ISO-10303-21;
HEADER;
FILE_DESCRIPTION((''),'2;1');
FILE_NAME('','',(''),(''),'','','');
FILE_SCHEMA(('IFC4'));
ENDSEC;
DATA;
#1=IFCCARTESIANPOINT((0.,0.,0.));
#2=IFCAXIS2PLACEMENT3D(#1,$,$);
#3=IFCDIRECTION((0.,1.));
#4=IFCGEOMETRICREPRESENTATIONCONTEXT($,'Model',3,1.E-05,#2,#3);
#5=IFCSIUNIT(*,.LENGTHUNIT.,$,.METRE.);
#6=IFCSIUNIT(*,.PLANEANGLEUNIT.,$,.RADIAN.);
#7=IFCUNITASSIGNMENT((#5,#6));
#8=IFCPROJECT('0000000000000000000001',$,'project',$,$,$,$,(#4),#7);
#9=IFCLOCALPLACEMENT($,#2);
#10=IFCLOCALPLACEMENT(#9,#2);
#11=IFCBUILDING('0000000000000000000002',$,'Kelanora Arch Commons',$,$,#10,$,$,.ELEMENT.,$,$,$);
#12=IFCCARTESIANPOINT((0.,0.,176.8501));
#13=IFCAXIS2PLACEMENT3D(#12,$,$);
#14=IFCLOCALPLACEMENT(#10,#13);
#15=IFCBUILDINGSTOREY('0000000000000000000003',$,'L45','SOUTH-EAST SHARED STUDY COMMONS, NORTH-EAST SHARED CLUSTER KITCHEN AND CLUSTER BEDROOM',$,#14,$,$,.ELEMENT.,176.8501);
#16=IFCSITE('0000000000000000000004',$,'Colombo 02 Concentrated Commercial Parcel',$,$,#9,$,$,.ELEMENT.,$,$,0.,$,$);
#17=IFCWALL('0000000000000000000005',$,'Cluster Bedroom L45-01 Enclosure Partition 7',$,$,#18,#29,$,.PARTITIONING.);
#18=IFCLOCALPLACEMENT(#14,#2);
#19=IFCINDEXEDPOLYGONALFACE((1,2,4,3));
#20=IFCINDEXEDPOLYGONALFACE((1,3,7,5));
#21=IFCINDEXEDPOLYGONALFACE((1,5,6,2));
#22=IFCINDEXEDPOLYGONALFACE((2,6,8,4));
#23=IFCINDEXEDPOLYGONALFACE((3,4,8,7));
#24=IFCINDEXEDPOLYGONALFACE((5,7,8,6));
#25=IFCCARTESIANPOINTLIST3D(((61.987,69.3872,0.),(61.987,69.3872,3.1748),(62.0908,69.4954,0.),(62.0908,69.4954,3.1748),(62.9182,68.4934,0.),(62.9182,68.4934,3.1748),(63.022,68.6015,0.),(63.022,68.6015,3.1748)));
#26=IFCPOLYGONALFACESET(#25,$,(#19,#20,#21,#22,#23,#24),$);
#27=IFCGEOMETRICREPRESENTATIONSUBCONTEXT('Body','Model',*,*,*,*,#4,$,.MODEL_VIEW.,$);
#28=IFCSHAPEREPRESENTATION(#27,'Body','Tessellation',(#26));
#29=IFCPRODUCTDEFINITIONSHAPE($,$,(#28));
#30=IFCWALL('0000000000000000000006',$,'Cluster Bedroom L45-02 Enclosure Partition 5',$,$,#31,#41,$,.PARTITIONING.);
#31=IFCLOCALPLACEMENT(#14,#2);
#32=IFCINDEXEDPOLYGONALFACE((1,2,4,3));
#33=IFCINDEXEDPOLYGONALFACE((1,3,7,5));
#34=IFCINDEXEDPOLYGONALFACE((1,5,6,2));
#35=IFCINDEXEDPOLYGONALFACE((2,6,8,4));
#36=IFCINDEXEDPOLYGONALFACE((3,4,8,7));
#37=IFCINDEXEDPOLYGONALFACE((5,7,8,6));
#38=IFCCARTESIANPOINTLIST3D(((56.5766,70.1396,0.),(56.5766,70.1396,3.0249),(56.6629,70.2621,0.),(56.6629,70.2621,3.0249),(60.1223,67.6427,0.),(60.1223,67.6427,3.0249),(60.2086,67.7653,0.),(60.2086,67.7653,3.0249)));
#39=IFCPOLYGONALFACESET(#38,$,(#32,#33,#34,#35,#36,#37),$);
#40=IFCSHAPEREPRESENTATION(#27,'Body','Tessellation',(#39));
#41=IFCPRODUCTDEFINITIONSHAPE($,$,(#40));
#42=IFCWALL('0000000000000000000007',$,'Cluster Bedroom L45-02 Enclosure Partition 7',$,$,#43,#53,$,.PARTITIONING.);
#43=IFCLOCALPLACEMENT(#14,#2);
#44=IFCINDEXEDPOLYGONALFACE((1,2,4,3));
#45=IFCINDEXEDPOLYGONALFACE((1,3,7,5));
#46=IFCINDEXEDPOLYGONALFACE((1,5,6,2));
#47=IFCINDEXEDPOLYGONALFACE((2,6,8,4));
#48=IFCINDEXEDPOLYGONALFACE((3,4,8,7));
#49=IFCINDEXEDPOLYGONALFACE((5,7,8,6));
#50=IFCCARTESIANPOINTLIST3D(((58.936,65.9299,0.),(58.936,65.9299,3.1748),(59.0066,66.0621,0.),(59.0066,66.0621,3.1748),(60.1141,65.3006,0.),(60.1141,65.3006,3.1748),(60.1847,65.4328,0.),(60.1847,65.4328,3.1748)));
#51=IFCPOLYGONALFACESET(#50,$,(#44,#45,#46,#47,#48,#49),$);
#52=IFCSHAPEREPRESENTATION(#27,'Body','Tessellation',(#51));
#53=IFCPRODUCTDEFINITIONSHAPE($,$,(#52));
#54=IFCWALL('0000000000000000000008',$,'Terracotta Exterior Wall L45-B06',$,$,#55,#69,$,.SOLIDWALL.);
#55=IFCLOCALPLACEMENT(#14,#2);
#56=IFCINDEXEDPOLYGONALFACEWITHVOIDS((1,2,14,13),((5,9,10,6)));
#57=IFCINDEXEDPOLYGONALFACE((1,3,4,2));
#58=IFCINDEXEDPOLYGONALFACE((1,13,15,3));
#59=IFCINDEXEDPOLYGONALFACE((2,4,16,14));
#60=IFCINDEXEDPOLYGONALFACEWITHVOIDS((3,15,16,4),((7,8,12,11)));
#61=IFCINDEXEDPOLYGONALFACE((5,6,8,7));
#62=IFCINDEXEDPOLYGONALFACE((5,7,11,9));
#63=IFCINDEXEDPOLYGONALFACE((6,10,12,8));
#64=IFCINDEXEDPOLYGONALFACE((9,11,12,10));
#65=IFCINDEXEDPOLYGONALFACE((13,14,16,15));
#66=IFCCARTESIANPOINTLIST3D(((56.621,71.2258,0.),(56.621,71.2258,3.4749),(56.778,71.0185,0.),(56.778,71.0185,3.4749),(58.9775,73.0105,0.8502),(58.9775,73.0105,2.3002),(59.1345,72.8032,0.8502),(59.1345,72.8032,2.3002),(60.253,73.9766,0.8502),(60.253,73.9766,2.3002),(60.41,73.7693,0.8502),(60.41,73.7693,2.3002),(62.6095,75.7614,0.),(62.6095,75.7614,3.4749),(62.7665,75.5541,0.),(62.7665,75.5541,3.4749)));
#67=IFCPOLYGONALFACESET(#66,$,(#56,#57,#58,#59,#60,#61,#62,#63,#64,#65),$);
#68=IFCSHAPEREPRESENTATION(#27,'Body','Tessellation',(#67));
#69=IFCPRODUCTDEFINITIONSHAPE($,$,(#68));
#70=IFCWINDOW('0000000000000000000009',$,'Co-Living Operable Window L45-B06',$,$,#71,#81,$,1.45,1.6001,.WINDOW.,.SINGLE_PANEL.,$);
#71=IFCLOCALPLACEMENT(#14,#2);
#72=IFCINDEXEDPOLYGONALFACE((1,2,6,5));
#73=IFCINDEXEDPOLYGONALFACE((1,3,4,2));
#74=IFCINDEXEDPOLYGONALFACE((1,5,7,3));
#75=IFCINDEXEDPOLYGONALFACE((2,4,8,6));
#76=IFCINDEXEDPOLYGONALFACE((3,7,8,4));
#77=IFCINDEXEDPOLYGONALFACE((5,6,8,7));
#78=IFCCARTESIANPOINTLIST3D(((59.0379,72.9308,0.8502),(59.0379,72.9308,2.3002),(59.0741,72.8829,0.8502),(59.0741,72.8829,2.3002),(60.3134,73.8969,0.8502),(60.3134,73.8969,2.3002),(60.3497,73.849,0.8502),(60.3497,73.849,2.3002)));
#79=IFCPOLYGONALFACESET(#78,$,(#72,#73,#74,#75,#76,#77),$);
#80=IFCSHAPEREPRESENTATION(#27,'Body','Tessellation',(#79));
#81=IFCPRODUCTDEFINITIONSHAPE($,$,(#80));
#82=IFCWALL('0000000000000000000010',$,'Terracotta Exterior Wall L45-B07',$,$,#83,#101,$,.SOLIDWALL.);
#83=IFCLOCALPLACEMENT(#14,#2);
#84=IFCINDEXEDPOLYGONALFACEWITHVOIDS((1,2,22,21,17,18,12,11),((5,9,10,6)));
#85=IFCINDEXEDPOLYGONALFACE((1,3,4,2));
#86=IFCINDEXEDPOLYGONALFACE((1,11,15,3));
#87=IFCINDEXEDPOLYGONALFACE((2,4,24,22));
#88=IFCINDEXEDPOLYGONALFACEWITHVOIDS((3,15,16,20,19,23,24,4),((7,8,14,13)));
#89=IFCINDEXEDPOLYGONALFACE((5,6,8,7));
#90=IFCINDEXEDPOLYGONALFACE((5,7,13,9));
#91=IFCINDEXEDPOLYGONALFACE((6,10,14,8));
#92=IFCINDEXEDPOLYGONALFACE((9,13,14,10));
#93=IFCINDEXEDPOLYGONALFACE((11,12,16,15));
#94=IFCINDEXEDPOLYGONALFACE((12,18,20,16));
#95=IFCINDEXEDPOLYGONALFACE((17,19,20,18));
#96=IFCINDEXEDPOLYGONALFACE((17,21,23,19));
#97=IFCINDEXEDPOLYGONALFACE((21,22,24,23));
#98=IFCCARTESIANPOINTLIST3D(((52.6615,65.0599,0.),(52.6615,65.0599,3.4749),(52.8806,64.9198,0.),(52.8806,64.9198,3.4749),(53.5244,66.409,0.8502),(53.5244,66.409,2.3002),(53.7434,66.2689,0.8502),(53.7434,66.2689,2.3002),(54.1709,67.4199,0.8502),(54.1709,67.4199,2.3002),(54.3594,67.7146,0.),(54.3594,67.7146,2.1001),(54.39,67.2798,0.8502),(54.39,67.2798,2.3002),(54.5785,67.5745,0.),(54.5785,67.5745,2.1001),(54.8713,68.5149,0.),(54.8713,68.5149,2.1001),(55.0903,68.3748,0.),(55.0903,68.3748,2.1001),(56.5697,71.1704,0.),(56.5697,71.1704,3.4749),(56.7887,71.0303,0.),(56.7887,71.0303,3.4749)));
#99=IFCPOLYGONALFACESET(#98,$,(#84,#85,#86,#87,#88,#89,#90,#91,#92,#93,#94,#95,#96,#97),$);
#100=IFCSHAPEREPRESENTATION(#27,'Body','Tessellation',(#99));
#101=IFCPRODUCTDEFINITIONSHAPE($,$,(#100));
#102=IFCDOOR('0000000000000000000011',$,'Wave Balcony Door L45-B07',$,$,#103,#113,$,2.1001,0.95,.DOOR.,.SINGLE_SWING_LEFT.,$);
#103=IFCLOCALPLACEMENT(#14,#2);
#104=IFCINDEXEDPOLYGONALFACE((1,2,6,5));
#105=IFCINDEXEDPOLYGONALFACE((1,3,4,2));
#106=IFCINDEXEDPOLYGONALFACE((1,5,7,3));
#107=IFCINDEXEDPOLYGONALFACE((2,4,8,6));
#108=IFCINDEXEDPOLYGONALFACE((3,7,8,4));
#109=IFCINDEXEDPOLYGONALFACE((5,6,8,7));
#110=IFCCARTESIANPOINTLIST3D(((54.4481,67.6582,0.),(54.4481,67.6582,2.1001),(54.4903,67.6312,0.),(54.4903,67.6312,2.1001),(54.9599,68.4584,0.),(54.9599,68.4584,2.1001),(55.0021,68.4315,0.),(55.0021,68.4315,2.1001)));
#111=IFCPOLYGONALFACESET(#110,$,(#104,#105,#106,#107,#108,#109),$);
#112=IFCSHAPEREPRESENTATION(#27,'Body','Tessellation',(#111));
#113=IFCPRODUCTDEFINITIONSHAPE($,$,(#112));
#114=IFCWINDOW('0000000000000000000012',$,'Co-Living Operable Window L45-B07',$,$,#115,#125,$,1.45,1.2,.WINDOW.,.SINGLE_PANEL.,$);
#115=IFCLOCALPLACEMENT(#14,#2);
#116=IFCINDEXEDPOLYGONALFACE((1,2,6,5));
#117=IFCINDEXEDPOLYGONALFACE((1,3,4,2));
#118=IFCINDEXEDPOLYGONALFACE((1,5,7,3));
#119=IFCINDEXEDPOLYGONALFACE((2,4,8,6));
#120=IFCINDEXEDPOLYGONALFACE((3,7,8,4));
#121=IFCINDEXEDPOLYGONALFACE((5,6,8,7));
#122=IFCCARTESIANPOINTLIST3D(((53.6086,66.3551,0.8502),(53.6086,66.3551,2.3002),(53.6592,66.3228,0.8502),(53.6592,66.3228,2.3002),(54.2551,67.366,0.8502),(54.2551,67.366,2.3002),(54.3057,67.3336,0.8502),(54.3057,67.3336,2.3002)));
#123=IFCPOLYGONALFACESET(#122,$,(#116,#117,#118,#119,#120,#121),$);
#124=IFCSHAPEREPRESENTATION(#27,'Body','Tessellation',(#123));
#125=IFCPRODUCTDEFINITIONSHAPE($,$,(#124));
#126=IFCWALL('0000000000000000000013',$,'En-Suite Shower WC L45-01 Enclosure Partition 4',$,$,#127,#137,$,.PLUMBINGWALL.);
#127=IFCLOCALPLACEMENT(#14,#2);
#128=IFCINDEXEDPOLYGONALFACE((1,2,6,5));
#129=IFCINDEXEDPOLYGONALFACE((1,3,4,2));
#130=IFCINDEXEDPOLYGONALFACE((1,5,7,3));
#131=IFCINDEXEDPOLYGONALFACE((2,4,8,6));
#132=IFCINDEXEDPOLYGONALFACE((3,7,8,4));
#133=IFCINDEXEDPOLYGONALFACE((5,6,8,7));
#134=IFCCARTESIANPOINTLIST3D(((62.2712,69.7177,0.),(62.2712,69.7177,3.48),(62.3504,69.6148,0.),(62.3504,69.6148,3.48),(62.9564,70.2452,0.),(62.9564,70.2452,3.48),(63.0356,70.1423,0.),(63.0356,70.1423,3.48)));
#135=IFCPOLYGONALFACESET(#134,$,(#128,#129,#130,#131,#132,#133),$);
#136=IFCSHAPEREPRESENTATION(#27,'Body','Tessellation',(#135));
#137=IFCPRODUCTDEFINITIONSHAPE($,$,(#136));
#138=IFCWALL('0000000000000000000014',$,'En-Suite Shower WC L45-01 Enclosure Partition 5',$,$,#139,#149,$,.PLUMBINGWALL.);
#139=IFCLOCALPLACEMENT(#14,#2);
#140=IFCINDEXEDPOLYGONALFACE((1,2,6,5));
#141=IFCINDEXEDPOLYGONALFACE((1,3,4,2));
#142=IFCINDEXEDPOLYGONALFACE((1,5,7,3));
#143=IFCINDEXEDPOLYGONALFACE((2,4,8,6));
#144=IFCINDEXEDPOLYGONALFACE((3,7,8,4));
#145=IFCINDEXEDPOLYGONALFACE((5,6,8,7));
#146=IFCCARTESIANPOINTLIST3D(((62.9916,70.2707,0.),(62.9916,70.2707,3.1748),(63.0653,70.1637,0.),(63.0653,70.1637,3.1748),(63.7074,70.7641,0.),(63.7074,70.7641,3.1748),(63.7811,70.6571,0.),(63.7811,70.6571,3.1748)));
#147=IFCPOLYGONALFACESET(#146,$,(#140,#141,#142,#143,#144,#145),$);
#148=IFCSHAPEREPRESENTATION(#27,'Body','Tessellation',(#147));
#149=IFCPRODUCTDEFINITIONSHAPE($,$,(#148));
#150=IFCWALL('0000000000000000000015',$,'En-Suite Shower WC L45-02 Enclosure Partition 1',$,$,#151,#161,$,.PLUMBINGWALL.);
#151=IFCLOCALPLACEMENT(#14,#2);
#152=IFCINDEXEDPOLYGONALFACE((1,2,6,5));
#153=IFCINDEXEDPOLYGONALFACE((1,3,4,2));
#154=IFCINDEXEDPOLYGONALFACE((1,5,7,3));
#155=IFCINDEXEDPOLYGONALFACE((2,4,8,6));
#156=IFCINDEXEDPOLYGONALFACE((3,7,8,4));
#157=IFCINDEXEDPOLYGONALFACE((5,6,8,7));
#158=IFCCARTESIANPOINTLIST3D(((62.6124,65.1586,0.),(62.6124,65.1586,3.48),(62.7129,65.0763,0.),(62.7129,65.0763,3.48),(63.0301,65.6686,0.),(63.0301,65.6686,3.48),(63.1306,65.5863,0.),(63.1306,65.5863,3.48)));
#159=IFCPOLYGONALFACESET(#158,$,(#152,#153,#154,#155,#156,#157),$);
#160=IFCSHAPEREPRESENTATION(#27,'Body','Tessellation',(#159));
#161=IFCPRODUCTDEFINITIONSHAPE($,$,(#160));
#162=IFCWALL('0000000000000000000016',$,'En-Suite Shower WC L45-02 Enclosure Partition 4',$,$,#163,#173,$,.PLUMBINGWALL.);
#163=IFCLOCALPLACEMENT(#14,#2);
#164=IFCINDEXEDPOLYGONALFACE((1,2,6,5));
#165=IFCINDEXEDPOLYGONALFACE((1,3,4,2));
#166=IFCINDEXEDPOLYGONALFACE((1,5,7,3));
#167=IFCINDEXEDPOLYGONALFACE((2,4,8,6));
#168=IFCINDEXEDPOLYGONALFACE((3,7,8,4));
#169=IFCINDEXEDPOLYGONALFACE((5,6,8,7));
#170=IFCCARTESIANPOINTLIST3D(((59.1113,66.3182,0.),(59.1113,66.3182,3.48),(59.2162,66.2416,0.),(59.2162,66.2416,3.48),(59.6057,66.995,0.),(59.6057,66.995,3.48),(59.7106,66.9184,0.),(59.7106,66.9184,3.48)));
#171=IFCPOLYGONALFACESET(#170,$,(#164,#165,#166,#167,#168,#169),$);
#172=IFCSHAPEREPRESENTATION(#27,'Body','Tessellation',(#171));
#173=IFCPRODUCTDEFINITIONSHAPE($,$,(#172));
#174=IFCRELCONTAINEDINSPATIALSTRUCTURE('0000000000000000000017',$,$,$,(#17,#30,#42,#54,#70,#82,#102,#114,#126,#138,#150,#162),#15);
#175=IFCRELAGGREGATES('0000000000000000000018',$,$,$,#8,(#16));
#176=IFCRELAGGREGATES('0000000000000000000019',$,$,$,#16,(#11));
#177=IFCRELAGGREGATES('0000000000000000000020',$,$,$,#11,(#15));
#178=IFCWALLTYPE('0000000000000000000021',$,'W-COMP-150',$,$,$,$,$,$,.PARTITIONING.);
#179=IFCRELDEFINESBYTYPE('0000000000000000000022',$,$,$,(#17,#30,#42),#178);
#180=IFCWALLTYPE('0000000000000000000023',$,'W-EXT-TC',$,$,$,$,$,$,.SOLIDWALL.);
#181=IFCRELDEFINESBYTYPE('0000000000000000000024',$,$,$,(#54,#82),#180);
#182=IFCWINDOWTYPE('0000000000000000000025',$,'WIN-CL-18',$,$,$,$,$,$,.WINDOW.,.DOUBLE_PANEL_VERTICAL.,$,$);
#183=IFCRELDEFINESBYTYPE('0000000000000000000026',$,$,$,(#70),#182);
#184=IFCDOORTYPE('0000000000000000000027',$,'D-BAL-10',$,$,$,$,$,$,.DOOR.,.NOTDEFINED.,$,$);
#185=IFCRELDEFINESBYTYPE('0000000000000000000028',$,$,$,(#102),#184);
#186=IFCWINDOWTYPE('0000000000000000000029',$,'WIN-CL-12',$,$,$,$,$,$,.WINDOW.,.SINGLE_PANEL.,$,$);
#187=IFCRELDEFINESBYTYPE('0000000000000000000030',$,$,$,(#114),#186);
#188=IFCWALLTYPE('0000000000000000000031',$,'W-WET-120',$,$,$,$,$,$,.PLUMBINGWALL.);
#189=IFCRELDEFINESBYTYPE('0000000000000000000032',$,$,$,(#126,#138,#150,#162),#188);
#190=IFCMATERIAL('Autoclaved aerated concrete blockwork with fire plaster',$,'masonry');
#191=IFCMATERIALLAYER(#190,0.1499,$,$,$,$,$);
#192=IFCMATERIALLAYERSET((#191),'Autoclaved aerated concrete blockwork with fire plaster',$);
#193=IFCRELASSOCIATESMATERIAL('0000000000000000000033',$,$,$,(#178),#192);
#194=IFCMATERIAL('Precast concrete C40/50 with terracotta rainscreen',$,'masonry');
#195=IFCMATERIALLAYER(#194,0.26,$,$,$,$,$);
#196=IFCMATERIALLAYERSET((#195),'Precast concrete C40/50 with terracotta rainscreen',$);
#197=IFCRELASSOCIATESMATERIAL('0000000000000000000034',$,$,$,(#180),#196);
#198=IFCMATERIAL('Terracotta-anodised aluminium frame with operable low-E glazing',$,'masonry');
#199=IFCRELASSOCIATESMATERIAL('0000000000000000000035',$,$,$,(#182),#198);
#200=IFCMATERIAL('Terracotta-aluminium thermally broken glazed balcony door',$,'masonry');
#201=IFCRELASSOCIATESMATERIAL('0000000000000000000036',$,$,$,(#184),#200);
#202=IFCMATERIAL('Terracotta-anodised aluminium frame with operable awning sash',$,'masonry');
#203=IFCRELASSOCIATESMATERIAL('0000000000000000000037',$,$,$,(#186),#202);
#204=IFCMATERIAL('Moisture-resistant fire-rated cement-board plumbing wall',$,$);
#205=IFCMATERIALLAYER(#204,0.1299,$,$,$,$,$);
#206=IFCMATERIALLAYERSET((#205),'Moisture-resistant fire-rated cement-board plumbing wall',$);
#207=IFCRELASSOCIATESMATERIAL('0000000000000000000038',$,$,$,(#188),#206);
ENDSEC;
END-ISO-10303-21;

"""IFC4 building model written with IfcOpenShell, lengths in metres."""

from ifc_helpers import new_model, si_unit, direction, frame, frame_2d, origin, place, context, subcontext, project, spatial, rectangle, extrude, material, layer, layer_set, type_object, element, fill, save


model = new_model("IFC4")

# Units and contexts
model_context = context("Model", 3, precision=1e-05, world=origin(), true_north=direction((0.0, 1.0)))
body_context = subcontext(model_context, "Body", "Model", "MODEL_VIEW")
ifc_project = project(units=[si_unit("LENGTHUNIT", "METRE"), si_unit("PLANEANGLEUNIT", "RADIAN")], contexts=[model_context])

# Site, building, storey
site_placement = place(None, origin())
site = spatial("IfcSite", under=ifc_project, at=site_placement, Name="Colombo 02 Concentrated Commercial Parcel", CompositionType="ELEMENT", RefElevation=0.0)
building_placement = place(site_placement, origin())
building = spatial("IfcBuilding", under=site, at=building_placement, Name="Kelanora Arch Commons", CompositionType="ELEMENT")
storey_placement = place(building_placement, frame((0.0, 0.0, 176.8501)))
storey = spatial("IfcBuildingStorey", under=building, at=storey_placement, Name="L45", Description="SOUTH-EAST SHARED STUDY COMMONS, NORTH-EAST SHARED CLUSTER KITCHEN AND CLUSTER BEDROOM", CompositionType="ELEMENT", Elevation=176.8501)

# Walls
ifc_material_1 = material(Name="Autoclaved aerated concrete blockwork with fire plaster", Category="masonry")
ifc_layer_1 = layer(ifc_material_1, 0.1499)
ifc_layer_set_1 = layer_set([ifc_layer_1], Name="Autoclaved aerated concrete blockwork with fire plaster")
wall_type_1 = type_object("IfcWallType", Name="W-COMP-150", PredefinedType="PARTITIONING", material=ifc_layer_set_1)
wall_1_placement = place(storey_placement, frame((62.0388, 69.4414, 0.0), z_axis=(0.0, 0.0, 1.0), x_axis=(0.721429, -0.692489, 0.0)))
element("IfcWall", 1, at=wall_1_placement, inside=storey, type_object=wall_type_1, Name="Cluster Bedroom L45-01 Enclosure Partition 7", PredefinedType="PARTITIONING", context=body_context, shape_type="SweptSolid", body=[
    extrude(rectangle(XDim=1.2908, YDim=0.1499, at=frame_2d((0.6455, 0.0))), origin(), (0.0, 0.0, 1.0), 3.1748),
])
wall_2_placement = place(storey_placement, frame((56.6196, 70.2009, 0.0), z_axis=(0.0, 0.0, 1.0), x_axis=(0.817618, -0.575761, 0.0)))
element("IfcWall", 2, at=wall_2_placement, inside=storey, type_object=wall_type_1, Name="Cluster Bedroom L45-02 Enclosure Partition 5", PredefinedType="PARTITIONING", context=body_context, shape_type="SweptSolid", body=[
    extrude(rectangle(XDim=4.3367, YDim=0.1499, at=frame_2d((2.1685, 0.0))), origin(), (0.0, 0.0, 1.0), 3.0249),
])
wall_3_placement = place(storey_placement, frame((58.9712, 65.9961, 0.0), z_axis=(0.0, 0.0, 1.0), x_axis=(0.882039, -0.471176, 0.0)))
element("IfcWall", 3, at=wall_3_placement, inside=storey, type_object=wall_type_1, Name="Cluster Bedroom L45-02 Enclosure Partition 7", PredefinedType="PARTITIONING", context=body_context, shape_type="SweptSolid", body=[
    extrude(rectangle(XDim=1.3357, YDim=0.1499, at=frame_2d((0.668, 0.0))), origin(), (0.0, 0.0, 1.0), 3.1748),
])

# Wall, opening, window
ifc_material_2 = material(Name="Precast concrete C40/50 with terracotta rainscreen", Category="masonry")
ifc_layer_2 = layer(ifc_material_2, 0.26)
ifc_layer_set_2 = layer_set([ifc_layer_2], Name="Precast concrete C40/50 with terracotta rainscreen")
wall_type_2 = type_object("IfcWallType", Name="W-EXT-TC", PredefinedType="SOLIDWALL", material=ifc_layer_set_2)
wall_4_placement = place(storey_placement, frame((62.688, 75.6577, 0.0), z_axis=(0.0, 0.0, 1.0), x_axis=(-0.797164, -0.603763, 0.0)))
wall_4 = element("IfcWall", 4, at=wall_4_placement, inside=storey, type_object=wall_type_2, Name="Terracotta Exterior Wall L45-B06", PredefinedType="SOLIDWALL", context=body_context, shape_type="SweptSolid", body=[
    extrude(rectangle(XDim=7.5122, YDim=0.26, at=frame_2d((3.7561, 0.0))), origin(), (0.0, 0.0, 1.0), 3.4749),
])
opening_1_placement = place(wall_4_placement, frame((2.9561, 0.0, 0.8501)))
opening_1 = element("IfcOpeningElement", 5, at=opening_1_placement, cuts=wall_4, PredefinedType="OPENING", context=body_context, shape_type="SweptSolid", body=[
    extrude(rectangle(XDim=1.6001, YDim=1.45, at=frame_2d((0.8, 0.7251))), frame((0.0, 0.1401, 0.0), z_axis=(0.0, -1.0, 0.0), x_axis=(1.0, 0.0, 0.0)), (0.0, 0.0, 1.0), 0.28),
])
ifc_material_3 = material(Name="Terracotta-anodised aluminium frame with operable low-E glazing", Category="masonry")
window_type_1 = type_object("IfcWindowType", Name="WIN-CL-18", PartitioningType="DOUBLE_PANEL_VERTICAL", PredefinedType="WINDOW", material=ifc_material_3)
window_1_placement = place(opening_1_placement, origin())
window_1 = element("IfcWindow", 6, at=window_1_placement, inside=storey, type_object=window_type_1, Name="Co-Living Operable Window L45-B06", OverallHeight=1.45, OverallWidth=1.6001, PartitioningType="SINGLE_PANEL", PredefinedType="WINDOW", context=body_context, shape_type="SweptSolid", body=[
    extrude(rectangle(XDim=1.6001, YDim=1.45, at=frame_2d((0.8, 0.7251))), frame((0.0, 0.03, 0.0), z_axis=(0.0, -1.0, 0.0), x_axis=(1.0, 0.0, 0.0)), (0.0, 0.0, 1.0), 0.0601),
])
fill(opening_1, window_1)

# Wall, openings, door, window
wall_5_placement = place(storey_placement, frame((56.6792, 71.1003, 0.0), z_axis=(0.0, 0.0, 1.0), x_axis=(-0.538802, -0.842433, 0.0)))
wall_5 = element("IfcWall", 7, at=wall_5_placement, inside=storey, type_object=wall_type_2, Name="Terracotta Exterior Wall L45-B07", PredefinedType="SOLIDWALL", context=body_context, shape_type="SweptSolid", body=[
    extrude(rectangle(XDim=7.2534, YDim=0.26, at=frame_2d((3.6267, 0.0))), origin(), (0.0, 0.0, 1.0), 3.4749),
])
opening_2_placement = place(wall_5_placement, frame((3.1521, 0.0, 0.0)))
opening_2 = element("IfcOpeningElement", 8, at=opening_2_placement, cuts=wall_5, PredefinedType="OPENING", context=body_context, shape_type="SweptSolid", body=[
    extrude(rectangle(XDim=0.95, YDim=2.1001, at=frame_2d((0.4751, 1.05))), frame((0.0, 0.1401, 0.0), z_axis=(0.0, -1.0, 0.0), x_axis=(1.0, 0.0, 0.0)), (0.0, 0.0, 1.0), 0.28),
])
opening_3_placement = place(wall_5_placement, frame((4.4519, 0.0, 0.8501)))
opening_3 = element("IfcOpeningElement", 9, at=opening_3_placement, cuts=wall_5, PredefinedType="OPENING", context=body_context, shape_type="SweptSolid", body=[
    extrude(rectangle(XDim=1.2, YDim=1.45, at=frame_2d((0.6001, 0.7251))), frame((0.0, 0.1401, 0.0), z_axis=(0.0, -1.0, 0.0), x_axis=(1.0, 0.0, 0.0)), (0.0, 0.0, 1.0), 0.28),
])
ifc_material_4 = material(Name="Terracotta-aluminium thermally broken glazed balcony door", Category="masonry")
door_type = type_object("IfcDoorType", Name="D-BAL-10", OperationType="NOTDEFINED", PredefinedType="DOOR", material=ifc_material_4)
door_placement = place(opening_2_placement, frame((0.95, 0.0, 0.0), z_axis=(0.0, 0.0, 1.0), x_axis=(-1.0, 0.0, 0.0)))
door = element("IfcDoor", 10, at=door_placement, inside=storey, type_object=door_type, Name="Wave Balcony Door L45-B07", OperationType="SINGLE_SWING_LEFT", OverallHeight=2.1001, OverallWidth=0.95, PredefinedType="DOOR", context=body_context, shape_type="SweptSolid", body=[
    extrude(rectangle(XDim=0.95, YDim=2.1001, at=frame_2d((0.4751, 1.05))), frame((0.0, 0.0249, 0.0), z_axis=(0.0, -1.0, 0.0), x_axis=(1.0, 0.0, 0.0)), (0.0, 0.0, 1.0), 0.05),
])
fill(opening_2, door)
ifc_material_5 = material(Name="Terracotta-anodised aluminium frame with operable awning sash", Category="masonry")
window_type_2 = type_object("IfcWindowType", Name="WIN-CL-12", PartitioningType="SINGLE_PANEL", PredefinedType="WINDOW", material=ifc_material_5)
window_2_placement = place(opening_3_placement, origin())
window_2 = element("IfcWindow", 11, at=window_2_placement, inside=storey, type_object=window_type_2, Name="Co-Living Operable Window L45-B07", OverallHeight=1.45, OverallWidth=1.2, PartitioningType="SINGLE_PANEL", PredefinedType="WINDOW", context=body_context, shape_type="SweptSolid", body=[
    extrude(rectangle(XDim=1.2, YDim=1.45, at=frame_2d((0.6001, 0.7251))), frame((0.0, 0.03, 0.0), z_axis=(0.0, -1.0, 0.0), x_axis=(1.0, 0.0, 0.0)), (0.0, 0.0, 1.0), 0.0601),
])
fill(opening_3, window_2)

# Walls
ifc_material_6 = material(Name="Moisture-resistant fire-rated cement-board plumbing wall")
ifc_layer_3 = layer(ifc_material_6, 0.1299)
ifc_layer_set_3 = layer_set([ifc_layer_3], Name="Moisture-resistant fire-rated cement-board plumbing wall")
wall_type_3 = type_object("IfcWallType", Name="W-WET-120", PredefinedType="PLUMBINGWALL", material=ifc_layer_set_3)
wall_6_placement = place(storey_placement, frame((62.3108, 69.6663, 0.0), z_axis=(0.0, 0.0, 1.0), x_axis=(0.792383, 0.610024, 0.0)))
element("IfcWall", 12, at=wall_6_placement, inside=storey, type_object=wall_type_3, Name="En-Suite Shower WC L45-01 Enclosure Partition 4", PredefinedType="PLUMBINGWALL", context=body_context, shape_type="SweptSolid", body=[
    extrude(rectangle(XDim=0.8647, YDim=0.1299, at=frame_2d((0.4324, 0.0))), origin(), (0.0, 0.0, 1.0), 3.48),
])
wall_7_placement = place(storey_placement, frame((63.0286, 70.2173, 0.0), z_axis=(0.0, 0.0, 1.0), x_axis=(0.823353, 0.56753, 0.0)))
element("IfcWall", 13, at=wall_7_placement, inside=storey, type_object=wall_type_3, Name="En-Suite Shower WC L45-01 Enclosure Partition 5", PredefinedType="PLUMBINGWALL", context=body_context, shape_type="SweptSolid", body=[
    extrude(rectangle(XDim=0.8694, YDim=0.1299, at=frame_2d((0.4346, 0.0))), origin(), (0.0, 0.0, 1.0), 3.1748),
])
wall_8_placement = place(storey_placement, frame((63.0803, 65.6274, 0.0), z_axis=(0.0, 0.0, 1.0), x_axis=(-0.633641, -0.773627, 0.0)))
element("IfcWall", 14, at=wall_8_placement, inside=storey, type_object=wall_type_3, Name="En-Suite Shower WC L45-02 Enclosure Partition 1", PredefinedType="PLUMBINGWALL", context=body_context, shape_type="SweptSolid", body=[
    extrude(rectangle(XDim=0.6592, YDim=0.1299, at=frame_2d((0.3296, 0.0))), origin(), (0.0, 0.0, 1.0), 3.48),
])
wall_9_placement = place(storey_placement, frame((59.1638, 66.28, 0.0), z_axis=(0.0, 0.0, 1.0), x_axis=(0.589885, 0.807487, 0.0)))
element("IfcWall", 15, at=wall_9_placement, inside=storey, type_object=wall_type_3, Name="En-Suite Shower WC L45-02 Enclosure Partition 4", PredefinedType="PLUMBINGWALL", context=body_context, shape_type="SweptSolid", body=[
    extrude(rectangle(XDim=0.8381, YDim=0.1299, at=frame_2d((0.4189, 0.0))), origin(), (0.0, 0.0, 1.0), 3.48),
])

save(model, "model.ifc")
